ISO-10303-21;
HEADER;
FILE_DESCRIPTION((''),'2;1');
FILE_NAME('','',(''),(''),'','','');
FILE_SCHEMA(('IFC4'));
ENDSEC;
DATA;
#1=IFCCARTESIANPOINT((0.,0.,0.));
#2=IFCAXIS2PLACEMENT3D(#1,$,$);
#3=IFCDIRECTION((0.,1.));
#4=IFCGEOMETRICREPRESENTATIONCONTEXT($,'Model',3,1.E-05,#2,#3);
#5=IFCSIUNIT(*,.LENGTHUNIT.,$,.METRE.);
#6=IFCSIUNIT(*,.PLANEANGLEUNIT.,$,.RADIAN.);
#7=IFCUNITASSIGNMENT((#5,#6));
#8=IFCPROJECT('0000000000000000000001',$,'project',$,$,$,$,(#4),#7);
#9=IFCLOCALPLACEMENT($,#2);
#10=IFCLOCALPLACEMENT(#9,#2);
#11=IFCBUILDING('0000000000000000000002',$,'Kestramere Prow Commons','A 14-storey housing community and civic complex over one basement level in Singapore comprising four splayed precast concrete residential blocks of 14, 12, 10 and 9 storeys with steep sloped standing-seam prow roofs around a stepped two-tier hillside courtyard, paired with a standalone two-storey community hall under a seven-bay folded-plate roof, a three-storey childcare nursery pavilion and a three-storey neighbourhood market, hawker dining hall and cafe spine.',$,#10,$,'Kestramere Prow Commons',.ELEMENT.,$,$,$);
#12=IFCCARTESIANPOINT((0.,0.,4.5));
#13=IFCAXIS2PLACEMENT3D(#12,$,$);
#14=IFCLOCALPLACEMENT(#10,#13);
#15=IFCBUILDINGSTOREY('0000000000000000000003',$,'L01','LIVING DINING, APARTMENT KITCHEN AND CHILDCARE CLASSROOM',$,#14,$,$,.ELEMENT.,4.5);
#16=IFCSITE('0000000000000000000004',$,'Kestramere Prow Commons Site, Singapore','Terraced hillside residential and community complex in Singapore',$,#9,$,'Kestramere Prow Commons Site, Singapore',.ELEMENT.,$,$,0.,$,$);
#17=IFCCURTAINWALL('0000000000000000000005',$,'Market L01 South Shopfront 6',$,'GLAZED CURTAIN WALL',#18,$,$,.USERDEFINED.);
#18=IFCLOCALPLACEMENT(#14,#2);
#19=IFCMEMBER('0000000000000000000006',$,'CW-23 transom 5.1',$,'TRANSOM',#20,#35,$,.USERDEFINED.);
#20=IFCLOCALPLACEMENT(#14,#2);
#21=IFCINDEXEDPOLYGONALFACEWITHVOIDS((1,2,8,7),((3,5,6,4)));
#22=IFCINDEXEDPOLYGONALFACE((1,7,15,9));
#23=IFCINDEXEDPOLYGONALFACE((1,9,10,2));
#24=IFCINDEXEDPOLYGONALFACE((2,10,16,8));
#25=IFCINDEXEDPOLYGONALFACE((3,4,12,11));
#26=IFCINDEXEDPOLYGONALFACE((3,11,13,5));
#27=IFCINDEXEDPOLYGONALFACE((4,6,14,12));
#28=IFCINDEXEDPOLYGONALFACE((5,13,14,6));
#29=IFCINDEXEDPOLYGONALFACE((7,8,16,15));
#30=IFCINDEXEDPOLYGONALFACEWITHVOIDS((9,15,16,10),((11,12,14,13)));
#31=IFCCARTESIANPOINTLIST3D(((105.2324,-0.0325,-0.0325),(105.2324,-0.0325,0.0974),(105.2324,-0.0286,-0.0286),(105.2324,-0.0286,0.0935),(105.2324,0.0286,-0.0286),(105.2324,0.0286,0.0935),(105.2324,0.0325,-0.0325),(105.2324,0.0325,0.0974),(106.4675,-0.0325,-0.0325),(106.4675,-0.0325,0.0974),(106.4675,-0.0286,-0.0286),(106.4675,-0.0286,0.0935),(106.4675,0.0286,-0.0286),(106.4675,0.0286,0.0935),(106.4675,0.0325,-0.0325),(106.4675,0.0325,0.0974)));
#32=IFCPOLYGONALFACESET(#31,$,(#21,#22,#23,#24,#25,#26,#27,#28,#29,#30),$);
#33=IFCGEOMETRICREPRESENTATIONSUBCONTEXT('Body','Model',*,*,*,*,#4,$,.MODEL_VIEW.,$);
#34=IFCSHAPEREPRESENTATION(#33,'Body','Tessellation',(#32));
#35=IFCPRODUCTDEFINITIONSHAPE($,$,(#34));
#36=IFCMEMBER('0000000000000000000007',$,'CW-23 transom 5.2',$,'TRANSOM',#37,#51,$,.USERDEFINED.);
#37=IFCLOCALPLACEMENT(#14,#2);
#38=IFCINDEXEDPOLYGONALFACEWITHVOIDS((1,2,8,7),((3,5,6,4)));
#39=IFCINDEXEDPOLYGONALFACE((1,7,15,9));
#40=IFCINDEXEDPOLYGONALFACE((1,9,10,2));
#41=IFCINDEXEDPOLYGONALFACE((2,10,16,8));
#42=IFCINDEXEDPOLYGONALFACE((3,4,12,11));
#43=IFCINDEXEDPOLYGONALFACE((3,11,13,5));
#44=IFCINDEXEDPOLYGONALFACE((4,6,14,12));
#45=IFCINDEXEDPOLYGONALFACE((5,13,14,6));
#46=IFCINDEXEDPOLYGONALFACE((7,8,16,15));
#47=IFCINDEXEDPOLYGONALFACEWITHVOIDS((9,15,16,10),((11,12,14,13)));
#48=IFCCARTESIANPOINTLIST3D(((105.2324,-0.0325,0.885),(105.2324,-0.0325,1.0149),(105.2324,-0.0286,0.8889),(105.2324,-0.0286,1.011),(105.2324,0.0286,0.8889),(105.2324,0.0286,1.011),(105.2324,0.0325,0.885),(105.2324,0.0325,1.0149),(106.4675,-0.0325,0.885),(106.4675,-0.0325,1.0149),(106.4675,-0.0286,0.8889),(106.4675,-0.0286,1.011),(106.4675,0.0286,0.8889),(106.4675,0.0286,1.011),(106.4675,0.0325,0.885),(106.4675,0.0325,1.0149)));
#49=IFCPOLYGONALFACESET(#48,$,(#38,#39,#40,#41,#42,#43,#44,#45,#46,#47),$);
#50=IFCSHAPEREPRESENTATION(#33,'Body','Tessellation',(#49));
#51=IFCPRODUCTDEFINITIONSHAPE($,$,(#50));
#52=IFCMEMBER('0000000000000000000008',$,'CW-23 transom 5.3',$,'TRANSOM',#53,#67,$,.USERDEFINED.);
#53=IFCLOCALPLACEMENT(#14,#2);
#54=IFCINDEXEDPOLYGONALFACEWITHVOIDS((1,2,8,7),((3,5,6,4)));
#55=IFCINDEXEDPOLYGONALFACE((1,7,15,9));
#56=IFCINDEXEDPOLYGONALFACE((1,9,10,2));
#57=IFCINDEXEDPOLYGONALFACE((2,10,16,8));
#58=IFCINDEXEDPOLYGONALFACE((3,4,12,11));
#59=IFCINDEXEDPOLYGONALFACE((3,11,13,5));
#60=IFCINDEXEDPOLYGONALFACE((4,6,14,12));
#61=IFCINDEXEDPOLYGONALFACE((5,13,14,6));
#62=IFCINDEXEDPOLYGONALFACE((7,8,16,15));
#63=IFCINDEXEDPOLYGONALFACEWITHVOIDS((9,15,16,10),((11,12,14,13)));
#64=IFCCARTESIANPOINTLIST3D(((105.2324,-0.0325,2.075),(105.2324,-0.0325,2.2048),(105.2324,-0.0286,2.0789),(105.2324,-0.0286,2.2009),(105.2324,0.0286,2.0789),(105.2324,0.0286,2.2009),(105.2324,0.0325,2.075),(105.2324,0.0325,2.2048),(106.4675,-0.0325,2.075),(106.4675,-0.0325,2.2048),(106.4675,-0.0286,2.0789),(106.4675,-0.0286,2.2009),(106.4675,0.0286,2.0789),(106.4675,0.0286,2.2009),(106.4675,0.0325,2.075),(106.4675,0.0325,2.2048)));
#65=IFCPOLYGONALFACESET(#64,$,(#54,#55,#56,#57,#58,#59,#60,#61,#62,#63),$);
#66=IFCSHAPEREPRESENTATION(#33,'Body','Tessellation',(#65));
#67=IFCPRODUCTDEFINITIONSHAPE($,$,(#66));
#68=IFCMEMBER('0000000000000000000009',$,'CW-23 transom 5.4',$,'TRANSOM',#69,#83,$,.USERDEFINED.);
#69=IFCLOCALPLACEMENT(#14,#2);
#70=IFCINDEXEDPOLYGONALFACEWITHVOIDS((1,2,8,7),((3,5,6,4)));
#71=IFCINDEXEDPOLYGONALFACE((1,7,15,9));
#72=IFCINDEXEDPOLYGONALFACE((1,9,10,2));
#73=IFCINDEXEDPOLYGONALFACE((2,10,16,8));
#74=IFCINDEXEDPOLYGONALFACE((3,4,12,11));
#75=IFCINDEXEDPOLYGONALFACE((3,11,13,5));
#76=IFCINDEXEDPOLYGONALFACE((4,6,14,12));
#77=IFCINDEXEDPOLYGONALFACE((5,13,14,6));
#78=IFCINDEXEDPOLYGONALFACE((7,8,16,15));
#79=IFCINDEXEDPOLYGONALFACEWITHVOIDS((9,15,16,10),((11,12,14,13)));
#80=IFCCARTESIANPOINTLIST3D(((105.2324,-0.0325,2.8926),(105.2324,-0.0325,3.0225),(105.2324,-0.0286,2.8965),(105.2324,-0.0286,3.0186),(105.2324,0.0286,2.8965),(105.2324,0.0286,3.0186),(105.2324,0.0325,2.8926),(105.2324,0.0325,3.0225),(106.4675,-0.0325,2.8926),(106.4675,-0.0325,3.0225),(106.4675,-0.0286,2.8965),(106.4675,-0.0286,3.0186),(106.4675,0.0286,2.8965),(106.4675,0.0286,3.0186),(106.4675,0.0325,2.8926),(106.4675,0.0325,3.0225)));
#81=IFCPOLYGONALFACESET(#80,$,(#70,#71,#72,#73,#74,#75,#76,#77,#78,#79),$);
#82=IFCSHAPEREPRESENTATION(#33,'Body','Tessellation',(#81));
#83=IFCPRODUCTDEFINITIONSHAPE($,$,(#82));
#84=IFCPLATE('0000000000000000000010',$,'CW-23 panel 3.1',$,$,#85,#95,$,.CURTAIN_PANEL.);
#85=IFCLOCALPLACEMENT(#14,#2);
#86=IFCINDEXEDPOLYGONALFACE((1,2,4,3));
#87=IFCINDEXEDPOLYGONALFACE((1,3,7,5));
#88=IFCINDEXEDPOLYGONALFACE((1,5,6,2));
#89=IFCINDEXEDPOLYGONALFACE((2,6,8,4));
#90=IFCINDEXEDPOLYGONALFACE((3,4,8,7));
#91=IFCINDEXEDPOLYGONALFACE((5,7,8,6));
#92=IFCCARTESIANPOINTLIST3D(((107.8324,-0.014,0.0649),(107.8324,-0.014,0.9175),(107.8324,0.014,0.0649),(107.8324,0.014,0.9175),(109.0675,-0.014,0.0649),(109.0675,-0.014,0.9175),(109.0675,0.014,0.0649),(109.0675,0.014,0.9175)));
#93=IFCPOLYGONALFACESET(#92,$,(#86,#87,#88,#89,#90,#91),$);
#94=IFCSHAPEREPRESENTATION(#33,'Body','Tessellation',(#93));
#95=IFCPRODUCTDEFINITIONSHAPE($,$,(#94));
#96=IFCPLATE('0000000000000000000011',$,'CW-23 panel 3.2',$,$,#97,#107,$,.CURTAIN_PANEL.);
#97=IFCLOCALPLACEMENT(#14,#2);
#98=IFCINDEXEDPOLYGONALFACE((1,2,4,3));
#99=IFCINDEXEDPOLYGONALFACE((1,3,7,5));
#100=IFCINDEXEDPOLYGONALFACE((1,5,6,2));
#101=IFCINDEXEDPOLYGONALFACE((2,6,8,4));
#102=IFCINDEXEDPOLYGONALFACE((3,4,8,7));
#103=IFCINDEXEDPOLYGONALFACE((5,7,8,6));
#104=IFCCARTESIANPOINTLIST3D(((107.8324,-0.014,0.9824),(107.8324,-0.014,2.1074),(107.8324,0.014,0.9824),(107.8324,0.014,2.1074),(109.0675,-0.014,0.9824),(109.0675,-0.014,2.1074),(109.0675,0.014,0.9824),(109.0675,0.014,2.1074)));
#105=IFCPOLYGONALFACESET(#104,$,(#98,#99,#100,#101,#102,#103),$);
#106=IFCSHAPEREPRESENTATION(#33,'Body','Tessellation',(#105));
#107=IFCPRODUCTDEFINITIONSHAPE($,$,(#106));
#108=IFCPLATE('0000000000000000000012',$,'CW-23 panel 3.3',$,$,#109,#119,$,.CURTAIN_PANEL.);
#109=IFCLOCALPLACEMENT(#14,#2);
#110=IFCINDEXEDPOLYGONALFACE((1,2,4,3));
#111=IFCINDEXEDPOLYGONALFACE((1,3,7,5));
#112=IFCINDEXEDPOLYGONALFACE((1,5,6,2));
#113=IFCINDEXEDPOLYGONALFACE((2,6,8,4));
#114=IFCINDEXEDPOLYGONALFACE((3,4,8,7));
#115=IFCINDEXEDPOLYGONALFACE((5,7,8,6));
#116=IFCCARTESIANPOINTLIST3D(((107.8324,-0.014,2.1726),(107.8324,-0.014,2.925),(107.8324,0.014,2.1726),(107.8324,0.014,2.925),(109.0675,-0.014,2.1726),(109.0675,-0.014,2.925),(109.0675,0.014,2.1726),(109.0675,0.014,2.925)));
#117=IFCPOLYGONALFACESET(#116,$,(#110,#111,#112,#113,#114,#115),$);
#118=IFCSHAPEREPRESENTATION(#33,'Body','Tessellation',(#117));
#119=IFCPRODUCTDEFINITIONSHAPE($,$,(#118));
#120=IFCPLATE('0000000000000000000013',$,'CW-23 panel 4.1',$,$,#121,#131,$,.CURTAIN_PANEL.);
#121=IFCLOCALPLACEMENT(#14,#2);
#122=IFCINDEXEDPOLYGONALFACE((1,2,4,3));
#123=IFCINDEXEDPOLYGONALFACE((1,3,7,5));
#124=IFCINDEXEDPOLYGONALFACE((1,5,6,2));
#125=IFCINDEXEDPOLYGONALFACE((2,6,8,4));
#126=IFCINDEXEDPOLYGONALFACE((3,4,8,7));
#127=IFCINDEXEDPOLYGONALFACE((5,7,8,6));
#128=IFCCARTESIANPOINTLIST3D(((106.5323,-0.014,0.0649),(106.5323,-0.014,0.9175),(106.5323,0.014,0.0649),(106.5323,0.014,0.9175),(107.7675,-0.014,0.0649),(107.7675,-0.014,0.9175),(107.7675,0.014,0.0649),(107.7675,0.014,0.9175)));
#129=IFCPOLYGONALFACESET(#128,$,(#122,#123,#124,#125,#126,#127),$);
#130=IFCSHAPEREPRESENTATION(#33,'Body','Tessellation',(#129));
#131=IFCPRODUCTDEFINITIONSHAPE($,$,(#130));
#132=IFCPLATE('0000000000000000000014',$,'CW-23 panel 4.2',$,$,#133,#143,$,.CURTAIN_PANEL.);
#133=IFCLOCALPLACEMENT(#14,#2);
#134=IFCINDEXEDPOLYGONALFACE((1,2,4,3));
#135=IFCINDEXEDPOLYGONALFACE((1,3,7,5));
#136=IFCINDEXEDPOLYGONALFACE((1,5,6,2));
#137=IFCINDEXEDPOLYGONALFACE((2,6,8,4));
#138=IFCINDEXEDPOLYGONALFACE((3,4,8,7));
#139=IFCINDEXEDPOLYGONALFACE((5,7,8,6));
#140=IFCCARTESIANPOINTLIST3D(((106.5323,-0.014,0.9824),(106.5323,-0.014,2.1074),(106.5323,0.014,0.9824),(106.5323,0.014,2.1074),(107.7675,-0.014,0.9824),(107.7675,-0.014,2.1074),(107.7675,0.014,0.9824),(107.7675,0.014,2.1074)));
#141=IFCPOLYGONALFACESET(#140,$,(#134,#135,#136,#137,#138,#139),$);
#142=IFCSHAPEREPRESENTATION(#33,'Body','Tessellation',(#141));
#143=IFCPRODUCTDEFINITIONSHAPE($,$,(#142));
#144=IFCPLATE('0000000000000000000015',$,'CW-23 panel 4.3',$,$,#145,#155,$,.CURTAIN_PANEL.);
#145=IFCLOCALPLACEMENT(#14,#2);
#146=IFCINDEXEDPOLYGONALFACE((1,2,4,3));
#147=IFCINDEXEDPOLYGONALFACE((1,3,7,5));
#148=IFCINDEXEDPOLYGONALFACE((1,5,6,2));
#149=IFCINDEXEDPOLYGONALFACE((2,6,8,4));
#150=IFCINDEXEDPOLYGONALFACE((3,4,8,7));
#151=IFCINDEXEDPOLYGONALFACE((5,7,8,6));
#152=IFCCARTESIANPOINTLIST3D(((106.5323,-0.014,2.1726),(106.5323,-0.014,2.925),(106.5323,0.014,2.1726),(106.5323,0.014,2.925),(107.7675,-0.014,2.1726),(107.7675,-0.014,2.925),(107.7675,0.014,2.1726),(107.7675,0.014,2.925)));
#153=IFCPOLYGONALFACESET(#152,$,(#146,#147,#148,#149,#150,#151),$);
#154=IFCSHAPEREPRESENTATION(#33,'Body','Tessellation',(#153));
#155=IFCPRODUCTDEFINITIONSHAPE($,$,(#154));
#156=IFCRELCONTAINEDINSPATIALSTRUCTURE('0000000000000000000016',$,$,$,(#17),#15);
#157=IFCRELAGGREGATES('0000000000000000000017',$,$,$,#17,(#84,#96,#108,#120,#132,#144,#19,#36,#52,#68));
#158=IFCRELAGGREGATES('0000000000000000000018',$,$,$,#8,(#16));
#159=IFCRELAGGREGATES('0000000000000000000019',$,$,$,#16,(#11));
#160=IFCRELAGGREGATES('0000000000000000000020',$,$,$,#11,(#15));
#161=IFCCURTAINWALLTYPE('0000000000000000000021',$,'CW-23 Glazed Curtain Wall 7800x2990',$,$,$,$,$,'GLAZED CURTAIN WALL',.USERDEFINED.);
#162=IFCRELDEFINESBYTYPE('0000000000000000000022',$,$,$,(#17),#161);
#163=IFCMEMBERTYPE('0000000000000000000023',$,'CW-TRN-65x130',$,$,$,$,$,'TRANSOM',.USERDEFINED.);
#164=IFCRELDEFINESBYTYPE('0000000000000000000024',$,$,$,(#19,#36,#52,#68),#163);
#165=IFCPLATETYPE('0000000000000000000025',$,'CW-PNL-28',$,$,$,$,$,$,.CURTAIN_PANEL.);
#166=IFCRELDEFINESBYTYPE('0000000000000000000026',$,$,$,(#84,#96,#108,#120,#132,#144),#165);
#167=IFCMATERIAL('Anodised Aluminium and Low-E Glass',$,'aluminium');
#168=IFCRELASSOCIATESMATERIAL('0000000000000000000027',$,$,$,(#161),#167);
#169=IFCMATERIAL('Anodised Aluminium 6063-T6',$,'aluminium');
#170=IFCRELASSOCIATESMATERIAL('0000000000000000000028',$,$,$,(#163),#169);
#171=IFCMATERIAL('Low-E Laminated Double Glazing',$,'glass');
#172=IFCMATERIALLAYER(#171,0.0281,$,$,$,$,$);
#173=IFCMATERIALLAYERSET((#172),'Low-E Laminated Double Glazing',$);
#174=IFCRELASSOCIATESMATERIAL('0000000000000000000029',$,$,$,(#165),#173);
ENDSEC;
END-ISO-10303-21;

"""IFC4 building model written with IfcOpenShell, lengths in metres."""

from ifc_helpers import new_model, si_unit, direction, frame, origin, origin_2d, place, context, subcontext, project, spatial, rectangle, hollow_rectangle, extrude, material, layer, layer_set, material_profile, profile_set, type_object, element, aggregate, save


model = new_model("IFC4")

# Units and contexts
model_context = context("Model", 3, precision=1e-05, world=origin(), true_north=direction((0.0, 1.0)))
body_context = subcontext(model_context, "Body", "Model", "MODEL_VIEW")
ifc_project = project(units=[si_unit("LENGTHUNIT", "METRE"), si_unit("PLANEANGLEUNIT", "RADIAN")], contexts=[model_context])

# Site, building, storey
site_placement = place(None, origin())
site = spatial("IfcSite", under=ifc_project, at=site_placement, Name="Kestramere Prow Commons Site, Singapore", Description="Terraced hillside residential and community complex in Singapore", LongName="Kestramere Prow Commons Site, Singapore", CompositionType="ELEMENT", RefElevation=0.0)
building_placement = place(site_placement, origin())
building = spatial("IfcBuilding", under=site, at=building_placement, Name="Kestramere Prow Commons", Description="A 14-storey housing community and civic complex over one basement level in Singapore comprising four splayed precast concrete residential blocks of 14, 12, 10 and 9 storeys with steep sloped standing-seam prow roofs around a stepped two-tier hillside courtyard, paired with a standalone two-storey community hall under a seven-bay folded-plate roof, a three-storey childcare nursery pavilion and a three-storey neighbourhood market, hawker dining hall and cafe spine.", LongName="Kestramere Prow Commons", CompositionType="ELEMENT")
storey_placement = place(building_placement, frame((0.0, 0.0, 4.5)))
storey = spatial("IfcBuildingStorey", under=building, at=storey_placement, Name="L01", Description="LIVING DINING, APARTMENT KITCHEN AND CHILDCARE CLASSROOM", CompositionType="ELEMENT", Elevation=4.5)

# Curtain wall, members, plates
ifc_material_1 = material(Name="Anodised Aluminium and Low-E Glass", Category="aluminium")
curtain_wall_type = type_object("IfcCurtainWallType", Name="CW-23 Glazed Curtain Wall 7800x2990", ElementType="GLAZED CURTAIN WALL", PredefinedType="USERDEFINED", material=ifc_material_1)
curtain_wall_placement = place(storey_placement, origin())
curtain_wall = element("IfcCurtainWall", 1, at=curtain_wall_placement, inside=storey, type_object=curtain_wall_type, Name="Market L01 South Shopfront 6", ObjectType="GLAZED CURTAIN WALL", PredefinedType="USERDEFINED")
ifc_material_2 = material(Name="Anodised Aluminium 6063-T6", Category="aluminium")
ifc_material_profile_1 = material_profile(ifc_material_2, hollow_rectangle(XDim=0.0649, YDim=0.1299, WallThickness=0.0039, at=origin_2d()), Name="ALU-TRN 65x130")
ifc_profile_set_1 = profile_set([ifc_material_profile_1], Name="Anodised Aluminium 6063-T6")
member_type_1 = type_object("IfcMemberType", Name="CW-TRN-65x130", ElementType="TRANSOM", PredefinedType="USERDEFINED", material=ifc_profile_set_1)
member_1_placement = place(storey_placement, frame((106.4675, 0.0, 0.0325), z_axis=(-1.0, 0.0, 0.0), x_axis=(0.0, -1.0, 0.0)))
member_1 = element("IfcMember", 2, at=member_1_placement, type_object=member_type_1, Name="CW-23 transom 5.1", ObjectType="TRANSOM", PredefinedType="USERDEFINED", context=body_context, shape_type="SweptSolid", body=[
    extrude(hollow_rectangle(XDim=0.0649, YDim=0.1299, WallThickness=0.0039, at=origin_2d()), origin(), (0.0, 0.0, 1.0), 1.2351),
])
member_2_placement = place(storey_placement, frame((106.4675, 0.0, 0.95), z_axis=(-1.0, 0.0, 0.0), x_axis=(0.0, -1.0, 0.0)))
member_2 = element("IfcMember", 3, at=member_2_placement, type_object=member_type_1, Name="CW-23 transom 5.2", ObjectType="TRANSOM", PredefinedType="USERDEFINED", context=body_context, shape_type="SweptSolid", body=[
    extrude(hollow_rectangle(XDim=0.0649, YDim=0.1299, WallThickness=0.0039, at=origin_2d()), origin(), (0.0, 0.0, 1.0), 1.2351),
])
member_3_placement = place(storey_placement, frame((106.4675, 0.0, 2.1399), z_axis=(-1.0, 0.0, 0.0), x_axis=(0.0, -1.0, 0.0)))
member_3 = element("IfcMember", 4, at=member_3_placement, type_object=member_type_1, Name="CW-23 transom 5.3", ObjectType="TRANSOM", PredefinedType="USERDEFINED", context=body_context, shape_type="SweptSolid", body=[
    extrude(hollow_rectangle(XDim=0.0649, YDim=0.1299, WallThickness=0.0039, at=origin_2d()), origin(), (0.0, 0.0, 1.0), 1.2351),
])
member_4_placement = place(storey_placement, frame((106.4675, 0.0, 2.9575), z_axis=(-1.0, 0.0, 0.0), x_axis=(0.0, -1.0, 0.0)))
member_4 = element("IfcMember", 5, at=member_4_placement, type_object=member_type_1, Name="CW-23 transom 5.4", ObjectType="TRANSOM", PredefinedType="USERDEFINED", context=body_context, shape_type="SweptSolid", body=[
    extrude(hollow_rectangle(XDim=0.0649, YDim=0.1299, WallThickness=0.0039, at=origin_2d()), origin(), (0.0, 0.0, 1.0), 1.2351),
])
ifc_material_3 = material(Name="Low-E Laminated Double Glazing", Category="glass")
ifc_layer = layer(ifc_material_3, 0.0281)
ifc_layer_set = layer_set([ifc_layer], Name="Low-E Laminated Double Glazing")
plate_type = type_object("IfcPlateType", Name="CW-PNL-28", PredefinedType="CURTAIN_PANEL", material=ifc_layer_set)
plate_1_placement = place(storey_placement, frame((108.45, 0.0, 0.0649), z_axis=(0.0, 0.0, 1.0), x_axis=(-1.0, 0.0, 0.0)))
plate_1 = element("IfcPlate", 6, at=plate_1_placement, type_object=plate_type, Name="CW-23 panel 3.1", PredefinedType="CURTAIN_PANEL", context=body_context, shape_type="SweptSolid", body=[
    extrude(rectangle(XDim=1.2351, YDim=0.0281, at=origin_2d()), origin(), (0.0, 0.0, 1.0), 0.8525),
])
plate_2_placement = place(storey_placement, frame((108.45, 0.0, 0.9824), z_axis=(0.0, 0.0, 1.0), x_axis=(-1.0, 0.0, 0.0)))
plate_2 = element("IfcPlate", 7, at=plate_2_placement, type_object=plate_type, Name="CW-23 panel 3.2", PredefinedType="CURTAIN_PANEL", context=body_context, shape_type="SweptSolid", body=[
    extrude(rectangle(XDim=1.2351, YDim=0.0281, at=origin_2d()), origin(), (0.0, 0.0, 1.0), 1.125),
])
plate_3_placement = place(storey_placement, frame((108.45, 0.0, 2.1726), z_axis=(0.0, 0.0, 1.0), x_axis=(-1.0, 0.0, 0.0)))
plate_3 = element("IfcPlate", 8, at=plate_3_placement, type_object=plate_type, Name="CW-23 panel 3.3", PredefinedType="CURTAIN_PANEL", context=body_context, shape_type="SweptSolid", body=[
    extrude(rectangle(XDim=1.2351, YDim=0.0281, at=origin_2d()), origin(), (0.0, 0.0, 1.0), 0.7524),
])
plate_4_placement = place(storey_placement, frame((107.1499, 0.0, 0.0649), z_axis=(0.0, 0.0, 1.0), x_axis=(-1.0, 0.0, 0.0)))
plate_4 = element("IfcPlate", 9, at=plate_4_placement, type_object=plate_type, Name="CW-23 panel 4.1", PredefinedType="CURTAIN_PANEL", context=body_context, shape_type="SweptSolid", body=[
    extrude(rectangle(XDim=1.2351, YDim=0.0281, at=origin_2d()), origin(), (0.0, 0.0, 1.0), 0.8525),
])
plate_5_placement = place(storey_placement, frame((107.1499, 0.0, 0.9824), z_axis=(0.0, 0.0, 1.0), x_axis=(-1.0, 0.0, 0.0)))
plate_5 = element("IfcPlate", 10, at=plate_5_placement, type_object=plate_type, Name="CW-23 panel 4.2", PredefinedType="CURTAIN_PANEL", context=body_context, shape_type="SweptSolid", body=[
    extrude(rectangle(XDim=1.2351, YDim=0.0281, at=origin_2d()), origin(), (0.0, 0.0, 1.0), 1.125),
])
plate_6_placement = place(storey_placement, frame((107.1499, 0.0, 2.1726), z_axis=(0.0, 0.0, 1.0), x_axis=(-1.0, 0.0, 0.0)))
plate_6 = element("IfcPlate", 11, at=plate_6_placement, type_object=plate_type, Name="CW-23 panel 4.3", PredefinedType="CURTAIN_PANEL", context=body_context, shape_type="SweptSolid", body=[
    extrude(rectangle(XDim=1.2351, YDim=0.0281, at=origin_2d()), origin(), (0.0, 0.0, 1.0), 0.7524),
])
aggregate(curtain_wall, [plate_1, plate_2, plate_3, plate_4, plate_5, plate_6, member_1, member_2, member_3, member_4])

save(model, "model.ifc")
